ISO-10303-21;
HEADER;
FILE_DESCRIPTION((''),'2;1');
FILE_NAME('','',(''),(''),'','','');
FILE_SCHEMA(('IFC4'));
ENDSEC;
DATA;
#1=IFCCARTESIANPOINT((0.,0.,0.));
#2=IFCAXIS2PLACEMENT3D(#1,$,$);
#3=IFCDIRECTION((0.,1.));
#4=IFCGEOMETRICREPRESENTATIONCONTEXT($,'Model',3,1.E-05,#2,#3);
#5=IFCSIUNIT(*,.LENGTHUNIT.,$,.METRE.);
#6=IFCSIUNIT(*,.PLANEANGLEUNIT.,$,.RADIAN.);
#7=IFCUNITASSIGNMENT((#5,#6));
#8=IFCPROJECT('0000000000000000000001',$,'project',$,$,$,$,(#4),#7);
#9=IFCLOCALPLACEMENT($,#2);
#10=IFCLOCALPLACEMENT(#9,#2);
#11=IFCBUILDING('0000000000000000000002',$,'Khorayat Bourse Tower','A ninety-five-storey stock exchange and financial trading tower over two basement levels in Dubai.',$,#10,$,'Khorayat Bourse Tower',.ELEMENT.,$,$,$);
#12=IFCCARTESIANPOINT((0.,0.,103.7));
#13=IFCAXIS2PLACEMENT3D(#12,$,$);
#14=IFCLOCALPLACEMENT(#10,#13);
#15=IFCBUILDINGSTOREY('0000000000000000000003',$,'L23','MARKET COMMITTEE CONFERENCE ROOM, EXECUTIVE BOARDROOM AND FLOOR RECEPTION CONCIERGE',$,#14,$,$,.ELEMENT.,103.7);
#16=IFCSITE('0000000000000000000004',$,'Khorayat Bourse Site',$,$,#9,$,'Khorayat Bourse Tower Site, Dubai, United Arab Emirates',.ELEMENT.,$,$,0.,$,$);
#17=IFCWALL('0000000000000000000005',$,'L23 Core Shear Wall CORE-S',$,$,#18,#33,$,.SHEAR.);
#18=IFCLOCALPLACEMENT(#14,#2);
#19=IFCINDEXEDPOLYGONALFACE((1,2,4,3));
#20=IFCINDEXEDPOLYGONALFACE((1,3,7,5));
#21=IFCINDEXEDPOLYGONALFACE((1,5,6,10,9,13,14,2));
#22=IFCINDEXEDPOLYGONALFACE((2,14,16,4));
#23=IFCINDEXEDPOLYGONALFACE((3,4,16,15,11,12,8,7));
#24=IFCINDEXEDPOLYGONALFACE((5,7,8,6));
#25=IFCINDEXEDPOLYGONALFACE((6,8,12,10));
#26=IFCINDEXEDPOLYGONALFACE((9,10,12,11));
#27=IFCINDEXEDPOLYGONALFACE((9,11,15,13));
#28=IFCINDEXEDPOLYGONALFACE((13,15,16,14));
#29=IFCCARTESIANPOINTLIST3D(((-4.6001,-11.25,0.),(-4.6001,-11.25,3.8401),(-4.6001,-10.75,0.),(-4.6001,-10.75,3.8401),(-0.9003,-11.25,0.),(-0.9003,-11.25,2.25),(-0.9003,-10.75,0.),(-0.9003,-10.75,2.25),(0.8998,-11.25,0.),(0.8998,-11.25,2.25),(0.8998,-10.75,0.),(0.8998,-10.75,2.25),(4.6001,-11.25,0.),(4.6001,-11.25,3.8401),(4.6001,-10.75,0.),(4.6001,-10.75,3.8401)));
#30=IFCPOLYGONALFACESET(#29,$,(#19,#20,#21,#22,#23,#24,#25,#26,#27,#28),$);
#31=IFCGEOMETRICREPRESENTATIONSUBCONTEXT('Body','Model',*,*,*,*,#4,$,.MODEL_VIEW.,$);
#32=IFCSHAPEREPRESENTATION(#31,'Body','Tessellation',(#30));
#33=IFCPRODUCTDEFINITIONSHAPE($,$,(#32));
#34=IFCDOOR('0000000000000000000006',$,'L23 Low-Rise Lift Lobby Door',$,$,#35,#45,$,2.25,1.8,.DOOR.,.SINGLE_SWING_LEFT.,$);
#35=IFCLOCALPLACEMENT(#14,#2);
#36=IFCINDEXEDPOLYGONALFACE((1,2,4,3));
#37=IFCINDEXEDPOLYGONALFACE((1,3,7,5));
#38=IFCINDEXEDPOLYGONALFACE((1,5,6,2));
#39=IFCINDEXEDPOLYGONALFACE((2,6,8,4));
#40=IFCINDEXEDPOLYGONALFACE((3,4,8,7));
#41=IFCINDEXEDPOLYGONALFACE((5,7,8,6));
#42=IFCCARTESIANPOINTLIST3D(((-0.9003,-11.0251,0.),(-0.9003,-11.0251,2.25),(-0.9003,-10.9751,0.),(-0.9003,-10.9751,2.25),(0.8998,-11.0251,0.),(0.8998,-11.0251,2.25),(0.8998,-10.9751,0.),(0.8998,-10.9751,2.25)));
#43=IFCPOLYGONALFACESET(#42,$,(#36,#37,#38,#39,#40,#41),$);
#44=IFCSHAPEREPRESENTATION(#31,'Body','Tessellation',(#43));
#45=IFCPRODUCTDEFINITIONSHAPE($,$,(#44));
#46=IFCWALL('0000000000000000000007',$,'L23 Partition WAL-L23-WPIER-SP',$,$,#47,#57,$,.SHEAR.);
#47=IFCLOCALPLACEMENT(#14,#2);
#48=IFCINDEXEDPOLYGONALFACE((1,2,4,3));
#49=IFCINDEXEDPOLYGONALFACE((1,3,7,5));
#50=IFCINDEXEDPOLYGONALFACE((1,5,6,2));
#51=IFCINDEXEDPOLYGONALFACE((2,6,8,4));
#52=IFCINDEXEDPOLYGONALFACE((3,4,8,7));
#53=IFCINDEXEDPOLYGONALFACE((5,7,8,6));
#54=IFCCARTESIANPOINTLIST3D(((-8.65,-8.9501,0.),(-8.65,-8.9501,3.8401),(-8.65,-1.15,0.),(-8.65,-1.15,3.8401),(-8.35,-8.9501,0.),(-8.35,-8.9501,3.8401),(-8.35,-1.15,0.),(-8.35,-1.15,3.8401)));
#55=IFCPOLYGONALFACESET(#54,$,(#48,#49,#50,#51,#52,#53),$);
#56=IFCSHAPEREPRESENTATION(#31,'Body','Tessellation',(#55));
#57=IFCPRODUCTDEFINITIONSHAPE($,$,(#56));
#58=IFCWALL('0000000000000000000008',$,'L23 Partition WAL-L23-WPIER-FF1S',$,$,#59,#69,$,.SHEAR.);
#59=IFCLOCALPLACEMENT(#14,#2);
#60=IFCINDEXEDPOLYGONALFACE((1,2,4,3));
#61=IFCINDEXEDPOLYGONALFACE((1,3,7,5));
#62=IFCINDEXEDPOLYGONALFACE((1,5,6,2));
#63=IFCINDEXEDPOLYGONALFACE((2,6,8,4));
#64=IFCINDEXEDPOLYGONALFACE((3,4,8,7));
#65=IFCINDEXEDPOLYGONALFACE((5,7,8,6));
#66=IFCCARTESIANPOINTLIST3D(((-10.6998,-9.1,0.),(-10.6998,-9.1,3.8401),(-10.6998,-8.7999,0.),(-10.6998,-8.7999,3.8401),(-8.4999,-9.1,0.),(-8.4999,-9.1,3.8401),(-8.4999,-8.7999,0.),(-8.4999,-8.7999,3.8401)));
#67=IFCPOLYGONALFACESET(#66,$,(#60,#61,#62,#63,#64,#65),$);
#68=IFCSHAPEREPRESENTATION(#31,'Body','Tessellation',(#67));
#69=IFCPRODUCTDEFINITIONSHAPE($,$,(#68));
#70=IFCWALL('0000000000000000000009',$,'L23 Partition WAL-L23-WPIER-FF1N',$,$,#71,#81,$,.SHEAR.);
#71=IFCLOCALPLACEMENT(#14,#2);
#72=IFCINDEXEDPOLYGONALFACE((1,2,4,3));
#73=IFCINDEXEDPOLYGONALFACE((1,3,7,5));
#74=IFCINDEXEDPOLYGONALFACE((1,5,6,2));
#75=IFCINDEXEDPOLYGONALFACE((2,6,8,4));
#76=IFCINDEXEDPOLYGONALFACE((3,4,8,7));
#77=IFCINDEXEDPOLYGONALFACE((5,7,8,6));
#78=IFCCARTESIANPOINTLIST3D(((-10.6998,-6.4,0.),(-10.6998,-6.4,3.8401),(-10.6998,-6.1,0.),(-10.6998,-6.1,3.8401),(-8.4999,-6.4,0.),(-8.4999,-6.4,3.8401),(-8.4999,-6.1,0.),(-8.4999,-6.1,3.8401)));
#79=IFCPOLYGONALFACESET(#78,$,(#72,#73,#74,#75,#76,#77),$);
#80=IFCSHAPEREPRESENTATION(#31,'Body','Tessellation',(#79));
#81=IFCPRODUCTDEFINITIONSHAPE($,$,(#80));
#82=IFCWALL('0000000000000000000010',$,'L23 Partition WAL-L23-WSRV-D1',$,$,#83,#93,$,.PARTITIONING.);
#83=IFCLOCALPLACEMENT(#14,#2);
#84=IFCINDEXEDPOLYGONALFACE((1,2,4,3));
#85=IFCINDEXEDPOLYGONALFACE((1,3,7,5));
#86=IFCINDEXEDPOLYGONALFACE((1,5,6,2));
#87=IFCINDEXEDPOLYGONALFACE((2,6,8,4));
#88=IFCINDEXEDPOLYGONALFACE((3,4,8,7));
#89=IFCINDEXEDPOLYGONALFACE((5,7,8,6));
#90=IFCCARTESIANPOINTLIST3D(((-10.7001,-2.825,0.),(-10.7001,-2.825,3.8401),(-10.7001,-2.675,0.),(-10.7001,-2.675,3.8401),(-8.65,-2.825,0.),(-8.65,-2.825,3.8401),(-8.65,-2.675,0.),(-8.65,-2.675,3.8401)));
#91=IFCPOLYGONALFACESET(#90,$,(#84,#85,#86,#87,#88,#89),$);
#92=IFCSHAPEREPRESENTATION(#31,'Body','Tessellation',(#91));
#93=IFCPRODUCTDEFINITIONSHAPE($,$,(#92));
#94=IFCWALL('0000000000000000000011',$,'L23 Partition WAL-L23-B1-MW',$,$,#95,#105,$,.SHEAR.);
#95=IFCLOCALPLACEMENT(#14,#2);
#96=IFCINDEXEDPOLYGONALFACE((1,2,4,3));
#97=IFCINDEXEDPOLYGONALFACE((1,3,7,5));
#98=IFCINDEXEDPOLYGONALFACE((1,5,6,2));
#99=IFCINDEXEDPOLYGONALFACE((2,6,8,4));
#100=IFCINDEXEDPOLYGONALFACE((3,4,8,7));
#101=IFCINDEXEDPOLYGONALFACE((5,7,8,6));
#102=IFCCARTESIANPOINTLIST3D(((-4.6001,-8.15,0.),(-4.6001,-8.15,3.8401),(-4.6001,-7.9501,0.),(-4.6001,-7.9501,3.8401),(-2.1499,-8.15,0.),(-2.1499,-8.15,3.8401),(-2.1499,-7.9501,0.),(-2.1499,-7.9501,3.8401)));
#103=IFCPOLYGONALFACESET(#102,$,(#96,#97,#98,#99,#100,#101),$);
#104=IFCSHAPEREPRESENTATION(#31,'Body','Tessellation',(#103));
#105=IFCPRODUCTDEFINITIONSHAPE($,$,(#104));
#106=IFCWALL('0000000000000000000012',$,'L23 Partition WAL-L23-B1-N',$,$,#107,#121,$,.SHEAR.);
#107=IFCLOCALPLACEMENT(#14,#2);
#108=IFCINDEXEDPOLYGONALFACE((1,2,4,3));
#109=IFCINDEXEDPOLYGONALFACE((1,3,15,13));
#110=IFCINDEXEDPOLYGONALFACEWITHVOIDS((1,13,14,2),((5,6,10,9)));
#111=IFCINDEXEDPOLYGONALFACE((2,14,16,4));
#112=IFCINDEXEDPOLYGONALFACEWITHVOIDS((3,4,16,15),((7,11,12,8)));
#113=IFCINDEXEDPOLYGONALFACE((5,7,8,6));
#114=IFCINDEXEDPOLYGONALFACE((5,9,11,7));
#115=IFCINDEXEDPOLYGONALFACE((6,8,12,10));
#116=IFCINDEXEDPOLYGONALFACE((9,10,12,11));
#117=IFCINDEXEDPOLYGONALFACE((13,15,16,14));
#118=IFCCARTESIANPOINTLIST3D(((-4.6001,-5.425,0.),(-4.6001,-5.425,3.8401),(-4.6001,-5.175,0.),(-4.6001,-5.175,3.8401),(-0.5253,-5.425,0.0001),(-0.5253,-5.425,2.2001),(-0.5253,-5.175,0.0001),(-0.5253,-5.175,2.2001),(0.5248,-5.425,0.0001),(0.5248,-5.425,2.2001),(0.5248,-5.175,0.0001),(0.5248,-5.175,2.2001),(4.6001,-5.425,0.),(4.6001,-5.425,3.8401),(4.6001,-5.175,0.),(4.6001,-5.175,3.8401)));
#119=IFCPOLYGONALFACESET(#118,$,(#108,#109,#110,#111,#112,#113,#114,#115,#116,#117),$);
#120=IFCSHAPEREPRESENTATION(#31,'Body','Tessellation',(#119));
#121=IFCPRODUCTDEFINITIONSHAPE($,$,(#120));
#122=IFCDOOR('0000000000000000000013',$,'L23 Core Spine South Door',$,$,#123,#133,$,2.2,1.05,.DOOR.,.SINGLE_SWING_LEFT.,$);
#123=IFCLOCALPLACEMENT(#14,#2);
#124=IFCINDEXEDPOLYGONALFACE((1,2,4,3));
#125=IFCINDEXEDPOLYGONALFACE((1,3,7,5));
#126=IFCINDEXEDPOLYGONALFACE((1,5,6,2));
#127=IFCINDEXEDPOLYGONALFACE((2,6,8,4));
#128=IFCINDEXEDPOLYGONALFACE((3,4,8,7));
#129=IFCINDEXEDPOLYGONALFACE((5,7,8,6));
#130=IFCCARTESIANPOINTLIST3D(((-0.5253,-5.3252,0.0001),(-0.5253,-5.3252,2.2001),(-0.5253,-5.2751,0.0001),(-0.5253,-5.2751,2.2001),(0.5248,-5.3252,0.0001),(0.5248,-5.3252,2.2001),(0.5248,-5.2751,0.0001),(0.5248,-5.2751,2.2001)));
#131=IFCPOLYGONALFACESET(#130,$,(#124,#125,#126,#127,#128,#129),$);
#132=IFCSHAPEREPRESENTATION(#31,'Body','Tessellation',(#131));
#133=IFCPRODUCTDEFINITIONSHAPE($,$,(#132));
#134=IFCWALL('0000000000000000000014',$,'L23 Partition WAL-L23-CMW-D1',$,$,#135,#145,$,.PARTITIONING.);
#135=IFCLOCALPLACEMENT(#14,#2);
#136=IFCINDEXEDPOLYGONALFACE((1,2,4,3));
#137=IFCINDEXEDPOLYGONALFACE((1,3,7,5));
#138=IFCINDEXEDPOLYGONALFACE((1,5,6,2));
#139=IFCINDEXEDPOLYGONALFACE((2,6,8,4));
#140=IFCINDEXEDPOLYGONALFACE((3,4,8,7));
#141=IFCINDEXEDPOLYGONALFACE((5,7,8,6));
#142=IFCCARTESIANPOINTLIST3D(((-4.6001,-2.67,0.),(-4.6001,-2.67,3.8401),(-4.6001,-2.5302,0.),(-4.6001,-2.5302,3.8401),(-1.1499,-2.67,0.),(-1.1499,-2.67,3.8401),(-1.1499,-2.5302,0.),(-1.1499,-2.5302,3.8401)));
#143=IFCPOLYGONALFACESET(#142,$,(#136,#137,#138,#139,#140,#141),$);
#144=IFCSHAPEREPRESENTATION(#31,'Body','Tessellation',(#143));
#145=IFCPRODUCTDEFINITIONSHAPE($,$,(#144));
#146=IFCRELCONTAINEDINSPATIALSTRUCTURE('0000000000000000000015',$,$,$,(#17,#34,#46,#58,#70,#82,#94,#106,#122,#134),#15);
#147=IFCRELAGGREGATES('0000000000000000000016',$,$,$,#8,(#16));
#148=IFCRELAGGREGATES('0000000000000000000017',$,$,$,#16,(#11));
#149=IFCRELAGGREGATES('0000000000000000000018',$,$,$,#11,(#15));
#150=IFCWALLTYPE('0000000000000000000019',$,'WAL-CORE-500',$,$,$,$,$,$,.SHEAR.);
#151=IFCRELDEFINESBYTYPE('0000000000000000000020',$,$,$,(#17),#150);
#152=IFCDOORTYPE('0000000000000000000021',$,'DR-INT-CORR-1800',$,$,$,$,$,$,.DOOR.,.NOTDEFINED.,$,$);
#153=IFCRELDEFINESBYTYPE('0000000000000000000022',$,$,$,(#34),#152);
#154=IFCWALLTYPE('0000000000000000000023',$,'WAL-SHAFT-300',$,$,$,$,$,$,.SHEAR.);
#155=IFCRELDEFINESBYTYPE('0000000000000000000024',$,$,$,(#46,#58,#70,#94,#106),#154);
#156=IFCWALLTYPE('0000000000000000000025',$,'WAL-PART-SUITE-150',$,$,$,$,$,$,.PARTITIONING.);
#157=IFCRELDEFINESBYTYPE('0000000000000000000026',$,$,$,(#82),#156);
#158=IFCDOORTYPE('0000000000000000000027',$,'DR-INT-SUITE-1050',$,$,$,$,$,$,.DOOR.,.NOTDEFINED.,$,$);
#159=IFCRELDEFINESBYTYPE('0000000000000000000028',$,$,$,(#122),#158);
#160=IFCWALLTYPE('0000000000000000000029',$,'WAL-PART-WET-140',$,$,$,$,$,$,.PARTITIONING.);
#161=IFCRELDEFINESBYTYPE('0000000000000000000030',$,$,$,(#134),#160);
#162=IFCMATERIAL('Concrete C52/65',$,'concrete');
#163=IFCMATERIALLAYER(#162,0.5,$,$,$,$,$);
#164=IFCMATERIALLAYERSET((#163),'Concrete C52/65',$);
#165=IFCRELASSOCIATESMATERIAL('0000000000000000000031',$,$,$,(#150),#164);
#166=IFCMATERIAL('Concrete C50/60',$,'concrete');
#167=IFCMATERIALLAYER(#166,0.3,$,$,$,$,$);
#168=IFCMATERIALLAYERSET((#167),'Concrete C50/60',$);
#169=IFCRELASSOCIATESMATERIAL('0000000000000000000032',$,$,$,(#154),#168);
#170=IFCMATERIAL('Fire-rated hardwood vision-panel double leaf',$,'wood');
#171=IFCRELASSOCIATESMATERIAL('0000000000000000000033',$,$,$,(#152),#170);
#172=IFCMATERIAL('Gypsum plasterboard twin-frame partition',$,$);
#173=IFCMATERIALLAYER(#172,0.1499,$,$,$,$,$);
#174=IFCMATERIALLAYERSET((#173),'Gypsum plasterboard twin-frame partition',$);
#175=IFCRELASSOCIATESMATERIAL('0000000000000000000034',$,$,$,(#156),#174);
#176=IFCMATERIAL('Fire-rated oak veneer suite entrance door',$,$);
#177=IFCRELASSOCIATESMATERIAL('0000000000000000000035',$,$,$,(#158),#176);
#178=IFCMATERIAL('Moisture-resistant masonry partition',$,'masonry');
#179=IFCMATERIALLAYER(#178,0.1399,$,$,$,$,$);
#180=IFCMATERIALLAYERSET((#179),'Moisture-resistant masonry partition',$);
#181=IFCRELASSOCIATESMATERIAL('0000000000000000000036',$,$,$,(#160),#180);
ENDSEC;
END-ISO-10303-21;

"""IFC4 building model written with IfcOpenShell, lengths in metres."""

from ifc_helpers import new_model, si_unit, direction, frame, frame_2d, origin, place, context, subcontext, project, spatial, rectangle, extrude, source, transform, mapped, material, layer, layer_set, type_object, element, fill, save


model = new_model("IFC4")

# Units and contexts
model_context = context("Model", 3, precision=1e-05, world=origin(), true_north=direction((0.0, 1.0)))
body_context = subcontext(model_context, "Body", "Model", "MODEL_VIEW")
ifc_project = project(units=[si_unit("LENGTHUNIT", "METRE"), si_unit("PLANEANGLEUNIT", "RADIAN")], contexts=[model_context])

# Site, building, storey
site_placement = place(None, origin())
site = spatial("IfcSite", under=ifc_project, at=site_placement, Name="Khorayat Bourse Site", LongName="Khorayat Bourse Tower Site, Dubai, United Arab Emirates", CompositionType="ELEMENT", RefElevation=0.0)
building_placement = place(site_placement, origin())
building = spatial("IfcBuilding", under=site, at=building_placement, Name="Khorayat Bourse Tower", Description="A ninety-five-storey stock exchange and financial trading tower over two basement levels in Dubai.", LongName="Khorayat Bourse Tower", CompositionType="ELEMENT")
storey_placement = place(building_placement, frame((0.0, 0.0, 103.7)))
storey = spatial("IfcBuildingStorey", under=building, at=storey_placement, Name="L23", Description="MARKET COMMITTEE CONFERENCE ROOM, EXECUTIVE BOARDROOM AND FLOOR RECEPTION CONCIERGE", CompositionType="ELEMENT", Elevation=103.7)

# Shared definitions
ifc_material_1 = material(Name="Concrete C52/65", Category="concrete")
ifc_layer_1 = layer(ifc_material_1, 0.5)
ifc_layer_set_1 = layer_set([ifc_layer_1], Name="Concrete C52/65")
wall_type_1 = type_object("IfcWallType", Name="WAL-CORE-500", PredefinedType="SHEAR", material=ifc_layer_set_1)
ifc_material_2 = material(Name="Concrete C50/60", Category="concrete")
ifc_layer_2 = layer(ifc_material_2, 0.3)
ifc_layer_set_2 = layer_set([ifc_layer_2], Name="Concrete C50/60")
wall_type_2 = type_object("IfcWallType", Name="WAL-SHAFT-300", PredefinedType="SHEAR", material=ifc_layer_set_2)

# Wall, opening, door
shared_shape_1 = source(origin(), body_context, "Body", "SweptSolid", [
    extrude(rectangle(XDim=9.2002, YDim=0.5, at=frame_2d((4.6001, 0.0))), origin(), (0.0, 0.0, 1.0), 3.8401),
])
wall_1_placement = place(storey_placement, frame((-4.6001, -11.0, 0.0), z_axis=(0.0, 0.0, 1.0), x_axis=(1.0, 0.0, 0.0)))
wall_1 = element("IfcWall", 1, at=wall_1_placement, inside=storey, type_object=wall_type_1, Name="L23 Core Shear Wall CORE-S", PredefinedType="SHEAR", context=body_context, shape_type="MappedRepresentation", body=[
    mapped(shared_shape_1, transform((0.0, 0.0, 0.0), scale=1.0)),
])
shared_shape_2 = source(origin(), body_context, "Body", "SweptSolid", [
    extrude(rectangle(XDim=1.8, YDim=2.25, at=frame_2d((0.8999, 1.125))), frame((0.0, 0.26, 0.0), z_axis=(0.0, -1.0, 0.0), x_axis=(1.0, 0.0, 0.0)), (0.0, 0.0, 1.0), 0.52),
])
opening_1_placement = place(wall_1_placement, frame((3.7, 0.0, 0.0)))
opening_1 = element("IfcOpeningElement", 2, at=opening_1_placement, cuts=wall_1, PredefinedType="OPENING", context=body_context, shape_type="MappedRepresentation", body=[
    mapped(shared_shape_2, transform((0.0, 0.0, 0.0), scale=1.0)),
])
ifc_material_3 = material(Name="Fire-rated hardwood vision-panel double leaf", Category="wood")
door_type_1 = type_object("IfcDoorType", Name="DR-INT-CORR-1800", OperationType="NOTDEFINED", PredefinedType="DOOR", material=ifc_material_3)
shared_shape_3 = source(origin(), body_context, "Body", "SweptSolid", [
    extrude(rectangle(XDim=1.8, YDim=2.25, at=frame_2d((0.8999, 1.125))), frame((0.0, 0.0249, 0.0), z_axis=(0.0, -1.0, 0.0), x_axis=(1.0, 0.0, 0.0)), (0.0, 0.0, 1.0), 0.05),
])
door_1_placement = place(opening_1_placement, origin())
door_1 = element("IfcDoor", 3, at=door_1_placement, inside=storey, type_object=door_type_1, Name="L23 Low-Rise Lift Lobby Door", OperationType="SINGLE_SWING_LEFT", OverallHeight=2.25, OverallWidth=1.8, PredefinedType="DOOR", context=body_context, shape_type="MappedRepresentation", body=[
    mapped(shared_shape_3, transform((0.0, 0.0, 0.0), scale=1.0)),
])
fill(opening_1, door_1)

# Walls
shared_shape_4 = source(origin(), body_context, "Body", "SweptSolid", [
    extrude(rectangle(XDim=7.8, YDim=0.3, at=frame_2d((3.8999, 0.0))), origin(), (0.0, 0.0, 1.0), 3.8401),
])
wall_2_placement = place(storey_placement, frame((-8.5, -8.95, 0.0), z_axis=(0.0, 0.0, 1.0), x_axis=(0.0, 1.0, 0.0)))
element("IfcWall", 4, at=wall_2_placement, inside=storey, type_object=wall_type_2, Name="L23 Partition WAL-L23-WPIER-SP", PredefinedType="SHEAR", context=body_context, shape_type="MappedRepresentation", body=[
    mapped(shared_shape_4, transform((0.0, 0.0, 0.0), scale=1.0)),
])
shared_shape_5 = source(origin(), body_context, "Body", "SweptSolid", [
    extrude(rectangle(XDim=2.2, YDim=0.3, at=frame_2d((1.1001, 0.0))), origin(), (0.0, 0.0, 1.0), 3.8401),
])
for number, where, z_axis, x_axis, name in (
    (5, (-10.7, -8.95, 0.0), (0.0, 0.0, 1.0), (1.0, 0.0, 0.0), "L23 Partition WAL-L23-WPIER-FF1S"),
    (6, (-10.7, -6.25, 0.0), (0.0, 0.0, 1.0), (1.0, 0.0, 0.0), "L23 Partition WAL-L23-WPIER-FF1N"),
):
    element("IfcWall", number, at=place(storey_placement, frame(where, z_axis=z_axis, x_axis=x_axis)), inside=storey, type_object=wall_type_2, Name=name, PredefinedType="SHEAR", context=body_context, shape_type="MappedRepresentation", body=[
        mapped(shared_shape_5, transform((0.0, 0.0, 0.0), scale=1.0)),
    ])
ifc_material_4 = material(Name="Gypsum plasterboard twin-frame partition")
ifc_layer_3 = layer(ifc_material_4, 0.1499)
ifc_layer_set_3 = layer_set([ifc_layer_3], Name="Gypsum plasterboard twin-frame partition")
wall_type_3 = type_object("IfcWallType", Name="WAL-PART-SUITE-150", PredefinedType="PARTITIONING", material=ifc_layer_set_3)
shared_shape_6 = source(origin(), body_context, "Body", "SweptSolid", [
    extrude(rectangle(XDim=2.05, YDim=0.1499, at=frame_2d((1.0249, 0.0))), origin(), (0.0, 0.0, 1.0), 3.8401),
])
wall_3_placement = place(storey_placement, frame((-10.7, -2.75, 0.0), z_axis=(0.0, 0.0, 1.0), x_axis=(1.0, 0.0, 0.0)))
element("IfcWall", 7, at=wall_3_placement, inside=storey, type_object=wall_type_3, Name="L23 Partition WAL-L23-WSRV-D1", PredefinedType="PARTITIONING", context=body_context, shape_type="MappedRepresentation", body=[
    mapped(shared_shape_6, transform((0.0, 0.0, 0.0), scale=1.0)),
])
shared_shape_7 = source(origin(), body_context, "Body", "SweptSolid", [
    extrude(rectangle(XDim=2.4502, YDim=0.2, at=frame_2d((1.2251, 0.0))), origin(), (0.0, 0.0, 1.0), 3.8401),
])
wall_4_placement = place(storey_placement, frame((-4.6001, -8.05, 0.0), z_axis=(0.0, 0.0, 1.0), x_axis=(1.0, 0.0, 0.0)))
element("IfcWall", 8, at=wall_4_placement, inside=storey, type_object=wall_type_2, Name="L23 Partition WAL-L23-B1-MW", PredefinedType="SHEAR", context=body_context, shape_type="MappedRepresentation", body=[
    mapped(shared_shape_7, transform((0.0, 0.0, 0.0), scale=1.0)),
])

# Wall, opening, door
shared_shape_8 = source(origin(), body_context, "Body", "SweptSolid", [
    extrude(rectangle(XDim=9.2002, YDim=0.25, at=frame_2d((4.6001, 0.0))), origin(), (0.0, 0.0, 1.0), 3.8401),
])
wall_5_placement = place(storey_placement, frame((-4.6001, -5.3, 0.0), z_axis=(0.0, 0.0, 1.0), x_axis=(1.0, 0.0, 0.0)))
wall_5 = element("IfcWall", 9, at=wall_5_placement, inside=storey, type_object=wall_type_2, Name="L23 Partition WAL-L23-B1-N", PredefinedType="SHEAR", context=body_context, shape_type="MappedRepresentation", body=[
    mapped(shared_shape_8, transform((0.0, 0.0, 0.0), scale=1.0)),
])
shared_shape_9 = source(origin(), body_context, "Body", "SweptSolid", [
    extrude(rectangle(XDim=1.05, YDim=2.2, at=frame_2d((0.5249, 1.1001))), frame((0.0, 0.135, 0.0), z_axis=(0.0, -1.0, 0.0), x_axis=(1.0, 0.0, 0.0)), (0.0, 0.0, 1.0), 0.27),
])
opening_2_placement = place(wall_5_placement, frame((4.075, 0.0, 0.0)))
opening_2 = element("IfcOpeningElement", 10, at=opening_2_placement, cuts=wall_5, PredefinedType="OPENING", context=body_context, shape_type="MappedRepresentation", body=[
    mapped(shared_shape_9, transform((0.0, 0.0, 0.0), scale=1.0)),
])
ifc_material_5 = material(Name="Fire-rated oak veneer suite entrance door")
door_type_2 = type_object("IfcDoorType", Name="DR-INT-SUITE-1050", OperationType="NOTDEFINED", PredefinedType="DOOR", material=ifc_material_5)
shared_shape_10 = source(origin(), body_context, "Body", "SweptSolid", [
    extrude(rectangle(XDim=1.05, YDim=2.2, at=frame_2d((0.5249, 1.1001))), frame((0.0, 0.0249, 0.0), z_axis=(0.0, -1.0, 0.0), x_axis=(1.0, 0.0, 0.0)), (0.0, 0.0, 1.0), 0.05),
])
door_2_placement = place(opening_2_placement, origin())
door_2 = element("IfcDoor", 11, at=door_2_placement, inside=storey, type_object=door_type_2, Name="L23 Core Spine South Door", OperationType="SINGLE_SWING_LEFT", OverallHeight=2.2, OverallWidth=1.05, PredefinedType="DOOR", context=body_context, shape_type="MappedRepresentation", body=[
    mapped(shared_shape_10, transform((0.0, 0.0, 0.0), scale=1.0)),
])
fill(opening_2, door_2)

# Wall
ifc_material_6 = material(Name="Moisture-resistant masonry partition", Category="masonry")
ifc_layer_4 = layer(ifc_material_6, 0.1399)
ifc_layer_set_4 = layer_set([ifc_layer_4], Name="Moisture-resistant masonry partition")
wall_type_4 = type_object("IfcWallType", Name="WAL-PART-WET-140", PredefinedType="PARTITIONING", material=ifc_layer_set_4)
shared_shape_11 = source(origin(), body_context, "Body", "SweptSolid", [
    extrude(rectangle(XDim=3.4502, YDim=0.1399, at=frame_2d((1.7251, 0.0))), origin(), (0.0, 0.0, 1.0), 3.8401),
])
wall_6_placement = place(storey_placement, frame((-4.6001, -2.6001, 0.0), z_axis=(0.0, 0.0, 1.0), x_axis=(1.0, 0.0, 0.0)))
element("IfcWall", 12, at=wall_6_placement, inside=storey, type_object=wall_type_4, Name="L23 Partition WAL-L23-CMW-D1", PredefinedType="PARTITIONING", context=body_context, shape_type="MappedRepresentation", body=[
    mapped(shared_shape_11, transform((0.0, 0.0, 0.0), scale=1.0)),
])

save(model, "model.ifc")
